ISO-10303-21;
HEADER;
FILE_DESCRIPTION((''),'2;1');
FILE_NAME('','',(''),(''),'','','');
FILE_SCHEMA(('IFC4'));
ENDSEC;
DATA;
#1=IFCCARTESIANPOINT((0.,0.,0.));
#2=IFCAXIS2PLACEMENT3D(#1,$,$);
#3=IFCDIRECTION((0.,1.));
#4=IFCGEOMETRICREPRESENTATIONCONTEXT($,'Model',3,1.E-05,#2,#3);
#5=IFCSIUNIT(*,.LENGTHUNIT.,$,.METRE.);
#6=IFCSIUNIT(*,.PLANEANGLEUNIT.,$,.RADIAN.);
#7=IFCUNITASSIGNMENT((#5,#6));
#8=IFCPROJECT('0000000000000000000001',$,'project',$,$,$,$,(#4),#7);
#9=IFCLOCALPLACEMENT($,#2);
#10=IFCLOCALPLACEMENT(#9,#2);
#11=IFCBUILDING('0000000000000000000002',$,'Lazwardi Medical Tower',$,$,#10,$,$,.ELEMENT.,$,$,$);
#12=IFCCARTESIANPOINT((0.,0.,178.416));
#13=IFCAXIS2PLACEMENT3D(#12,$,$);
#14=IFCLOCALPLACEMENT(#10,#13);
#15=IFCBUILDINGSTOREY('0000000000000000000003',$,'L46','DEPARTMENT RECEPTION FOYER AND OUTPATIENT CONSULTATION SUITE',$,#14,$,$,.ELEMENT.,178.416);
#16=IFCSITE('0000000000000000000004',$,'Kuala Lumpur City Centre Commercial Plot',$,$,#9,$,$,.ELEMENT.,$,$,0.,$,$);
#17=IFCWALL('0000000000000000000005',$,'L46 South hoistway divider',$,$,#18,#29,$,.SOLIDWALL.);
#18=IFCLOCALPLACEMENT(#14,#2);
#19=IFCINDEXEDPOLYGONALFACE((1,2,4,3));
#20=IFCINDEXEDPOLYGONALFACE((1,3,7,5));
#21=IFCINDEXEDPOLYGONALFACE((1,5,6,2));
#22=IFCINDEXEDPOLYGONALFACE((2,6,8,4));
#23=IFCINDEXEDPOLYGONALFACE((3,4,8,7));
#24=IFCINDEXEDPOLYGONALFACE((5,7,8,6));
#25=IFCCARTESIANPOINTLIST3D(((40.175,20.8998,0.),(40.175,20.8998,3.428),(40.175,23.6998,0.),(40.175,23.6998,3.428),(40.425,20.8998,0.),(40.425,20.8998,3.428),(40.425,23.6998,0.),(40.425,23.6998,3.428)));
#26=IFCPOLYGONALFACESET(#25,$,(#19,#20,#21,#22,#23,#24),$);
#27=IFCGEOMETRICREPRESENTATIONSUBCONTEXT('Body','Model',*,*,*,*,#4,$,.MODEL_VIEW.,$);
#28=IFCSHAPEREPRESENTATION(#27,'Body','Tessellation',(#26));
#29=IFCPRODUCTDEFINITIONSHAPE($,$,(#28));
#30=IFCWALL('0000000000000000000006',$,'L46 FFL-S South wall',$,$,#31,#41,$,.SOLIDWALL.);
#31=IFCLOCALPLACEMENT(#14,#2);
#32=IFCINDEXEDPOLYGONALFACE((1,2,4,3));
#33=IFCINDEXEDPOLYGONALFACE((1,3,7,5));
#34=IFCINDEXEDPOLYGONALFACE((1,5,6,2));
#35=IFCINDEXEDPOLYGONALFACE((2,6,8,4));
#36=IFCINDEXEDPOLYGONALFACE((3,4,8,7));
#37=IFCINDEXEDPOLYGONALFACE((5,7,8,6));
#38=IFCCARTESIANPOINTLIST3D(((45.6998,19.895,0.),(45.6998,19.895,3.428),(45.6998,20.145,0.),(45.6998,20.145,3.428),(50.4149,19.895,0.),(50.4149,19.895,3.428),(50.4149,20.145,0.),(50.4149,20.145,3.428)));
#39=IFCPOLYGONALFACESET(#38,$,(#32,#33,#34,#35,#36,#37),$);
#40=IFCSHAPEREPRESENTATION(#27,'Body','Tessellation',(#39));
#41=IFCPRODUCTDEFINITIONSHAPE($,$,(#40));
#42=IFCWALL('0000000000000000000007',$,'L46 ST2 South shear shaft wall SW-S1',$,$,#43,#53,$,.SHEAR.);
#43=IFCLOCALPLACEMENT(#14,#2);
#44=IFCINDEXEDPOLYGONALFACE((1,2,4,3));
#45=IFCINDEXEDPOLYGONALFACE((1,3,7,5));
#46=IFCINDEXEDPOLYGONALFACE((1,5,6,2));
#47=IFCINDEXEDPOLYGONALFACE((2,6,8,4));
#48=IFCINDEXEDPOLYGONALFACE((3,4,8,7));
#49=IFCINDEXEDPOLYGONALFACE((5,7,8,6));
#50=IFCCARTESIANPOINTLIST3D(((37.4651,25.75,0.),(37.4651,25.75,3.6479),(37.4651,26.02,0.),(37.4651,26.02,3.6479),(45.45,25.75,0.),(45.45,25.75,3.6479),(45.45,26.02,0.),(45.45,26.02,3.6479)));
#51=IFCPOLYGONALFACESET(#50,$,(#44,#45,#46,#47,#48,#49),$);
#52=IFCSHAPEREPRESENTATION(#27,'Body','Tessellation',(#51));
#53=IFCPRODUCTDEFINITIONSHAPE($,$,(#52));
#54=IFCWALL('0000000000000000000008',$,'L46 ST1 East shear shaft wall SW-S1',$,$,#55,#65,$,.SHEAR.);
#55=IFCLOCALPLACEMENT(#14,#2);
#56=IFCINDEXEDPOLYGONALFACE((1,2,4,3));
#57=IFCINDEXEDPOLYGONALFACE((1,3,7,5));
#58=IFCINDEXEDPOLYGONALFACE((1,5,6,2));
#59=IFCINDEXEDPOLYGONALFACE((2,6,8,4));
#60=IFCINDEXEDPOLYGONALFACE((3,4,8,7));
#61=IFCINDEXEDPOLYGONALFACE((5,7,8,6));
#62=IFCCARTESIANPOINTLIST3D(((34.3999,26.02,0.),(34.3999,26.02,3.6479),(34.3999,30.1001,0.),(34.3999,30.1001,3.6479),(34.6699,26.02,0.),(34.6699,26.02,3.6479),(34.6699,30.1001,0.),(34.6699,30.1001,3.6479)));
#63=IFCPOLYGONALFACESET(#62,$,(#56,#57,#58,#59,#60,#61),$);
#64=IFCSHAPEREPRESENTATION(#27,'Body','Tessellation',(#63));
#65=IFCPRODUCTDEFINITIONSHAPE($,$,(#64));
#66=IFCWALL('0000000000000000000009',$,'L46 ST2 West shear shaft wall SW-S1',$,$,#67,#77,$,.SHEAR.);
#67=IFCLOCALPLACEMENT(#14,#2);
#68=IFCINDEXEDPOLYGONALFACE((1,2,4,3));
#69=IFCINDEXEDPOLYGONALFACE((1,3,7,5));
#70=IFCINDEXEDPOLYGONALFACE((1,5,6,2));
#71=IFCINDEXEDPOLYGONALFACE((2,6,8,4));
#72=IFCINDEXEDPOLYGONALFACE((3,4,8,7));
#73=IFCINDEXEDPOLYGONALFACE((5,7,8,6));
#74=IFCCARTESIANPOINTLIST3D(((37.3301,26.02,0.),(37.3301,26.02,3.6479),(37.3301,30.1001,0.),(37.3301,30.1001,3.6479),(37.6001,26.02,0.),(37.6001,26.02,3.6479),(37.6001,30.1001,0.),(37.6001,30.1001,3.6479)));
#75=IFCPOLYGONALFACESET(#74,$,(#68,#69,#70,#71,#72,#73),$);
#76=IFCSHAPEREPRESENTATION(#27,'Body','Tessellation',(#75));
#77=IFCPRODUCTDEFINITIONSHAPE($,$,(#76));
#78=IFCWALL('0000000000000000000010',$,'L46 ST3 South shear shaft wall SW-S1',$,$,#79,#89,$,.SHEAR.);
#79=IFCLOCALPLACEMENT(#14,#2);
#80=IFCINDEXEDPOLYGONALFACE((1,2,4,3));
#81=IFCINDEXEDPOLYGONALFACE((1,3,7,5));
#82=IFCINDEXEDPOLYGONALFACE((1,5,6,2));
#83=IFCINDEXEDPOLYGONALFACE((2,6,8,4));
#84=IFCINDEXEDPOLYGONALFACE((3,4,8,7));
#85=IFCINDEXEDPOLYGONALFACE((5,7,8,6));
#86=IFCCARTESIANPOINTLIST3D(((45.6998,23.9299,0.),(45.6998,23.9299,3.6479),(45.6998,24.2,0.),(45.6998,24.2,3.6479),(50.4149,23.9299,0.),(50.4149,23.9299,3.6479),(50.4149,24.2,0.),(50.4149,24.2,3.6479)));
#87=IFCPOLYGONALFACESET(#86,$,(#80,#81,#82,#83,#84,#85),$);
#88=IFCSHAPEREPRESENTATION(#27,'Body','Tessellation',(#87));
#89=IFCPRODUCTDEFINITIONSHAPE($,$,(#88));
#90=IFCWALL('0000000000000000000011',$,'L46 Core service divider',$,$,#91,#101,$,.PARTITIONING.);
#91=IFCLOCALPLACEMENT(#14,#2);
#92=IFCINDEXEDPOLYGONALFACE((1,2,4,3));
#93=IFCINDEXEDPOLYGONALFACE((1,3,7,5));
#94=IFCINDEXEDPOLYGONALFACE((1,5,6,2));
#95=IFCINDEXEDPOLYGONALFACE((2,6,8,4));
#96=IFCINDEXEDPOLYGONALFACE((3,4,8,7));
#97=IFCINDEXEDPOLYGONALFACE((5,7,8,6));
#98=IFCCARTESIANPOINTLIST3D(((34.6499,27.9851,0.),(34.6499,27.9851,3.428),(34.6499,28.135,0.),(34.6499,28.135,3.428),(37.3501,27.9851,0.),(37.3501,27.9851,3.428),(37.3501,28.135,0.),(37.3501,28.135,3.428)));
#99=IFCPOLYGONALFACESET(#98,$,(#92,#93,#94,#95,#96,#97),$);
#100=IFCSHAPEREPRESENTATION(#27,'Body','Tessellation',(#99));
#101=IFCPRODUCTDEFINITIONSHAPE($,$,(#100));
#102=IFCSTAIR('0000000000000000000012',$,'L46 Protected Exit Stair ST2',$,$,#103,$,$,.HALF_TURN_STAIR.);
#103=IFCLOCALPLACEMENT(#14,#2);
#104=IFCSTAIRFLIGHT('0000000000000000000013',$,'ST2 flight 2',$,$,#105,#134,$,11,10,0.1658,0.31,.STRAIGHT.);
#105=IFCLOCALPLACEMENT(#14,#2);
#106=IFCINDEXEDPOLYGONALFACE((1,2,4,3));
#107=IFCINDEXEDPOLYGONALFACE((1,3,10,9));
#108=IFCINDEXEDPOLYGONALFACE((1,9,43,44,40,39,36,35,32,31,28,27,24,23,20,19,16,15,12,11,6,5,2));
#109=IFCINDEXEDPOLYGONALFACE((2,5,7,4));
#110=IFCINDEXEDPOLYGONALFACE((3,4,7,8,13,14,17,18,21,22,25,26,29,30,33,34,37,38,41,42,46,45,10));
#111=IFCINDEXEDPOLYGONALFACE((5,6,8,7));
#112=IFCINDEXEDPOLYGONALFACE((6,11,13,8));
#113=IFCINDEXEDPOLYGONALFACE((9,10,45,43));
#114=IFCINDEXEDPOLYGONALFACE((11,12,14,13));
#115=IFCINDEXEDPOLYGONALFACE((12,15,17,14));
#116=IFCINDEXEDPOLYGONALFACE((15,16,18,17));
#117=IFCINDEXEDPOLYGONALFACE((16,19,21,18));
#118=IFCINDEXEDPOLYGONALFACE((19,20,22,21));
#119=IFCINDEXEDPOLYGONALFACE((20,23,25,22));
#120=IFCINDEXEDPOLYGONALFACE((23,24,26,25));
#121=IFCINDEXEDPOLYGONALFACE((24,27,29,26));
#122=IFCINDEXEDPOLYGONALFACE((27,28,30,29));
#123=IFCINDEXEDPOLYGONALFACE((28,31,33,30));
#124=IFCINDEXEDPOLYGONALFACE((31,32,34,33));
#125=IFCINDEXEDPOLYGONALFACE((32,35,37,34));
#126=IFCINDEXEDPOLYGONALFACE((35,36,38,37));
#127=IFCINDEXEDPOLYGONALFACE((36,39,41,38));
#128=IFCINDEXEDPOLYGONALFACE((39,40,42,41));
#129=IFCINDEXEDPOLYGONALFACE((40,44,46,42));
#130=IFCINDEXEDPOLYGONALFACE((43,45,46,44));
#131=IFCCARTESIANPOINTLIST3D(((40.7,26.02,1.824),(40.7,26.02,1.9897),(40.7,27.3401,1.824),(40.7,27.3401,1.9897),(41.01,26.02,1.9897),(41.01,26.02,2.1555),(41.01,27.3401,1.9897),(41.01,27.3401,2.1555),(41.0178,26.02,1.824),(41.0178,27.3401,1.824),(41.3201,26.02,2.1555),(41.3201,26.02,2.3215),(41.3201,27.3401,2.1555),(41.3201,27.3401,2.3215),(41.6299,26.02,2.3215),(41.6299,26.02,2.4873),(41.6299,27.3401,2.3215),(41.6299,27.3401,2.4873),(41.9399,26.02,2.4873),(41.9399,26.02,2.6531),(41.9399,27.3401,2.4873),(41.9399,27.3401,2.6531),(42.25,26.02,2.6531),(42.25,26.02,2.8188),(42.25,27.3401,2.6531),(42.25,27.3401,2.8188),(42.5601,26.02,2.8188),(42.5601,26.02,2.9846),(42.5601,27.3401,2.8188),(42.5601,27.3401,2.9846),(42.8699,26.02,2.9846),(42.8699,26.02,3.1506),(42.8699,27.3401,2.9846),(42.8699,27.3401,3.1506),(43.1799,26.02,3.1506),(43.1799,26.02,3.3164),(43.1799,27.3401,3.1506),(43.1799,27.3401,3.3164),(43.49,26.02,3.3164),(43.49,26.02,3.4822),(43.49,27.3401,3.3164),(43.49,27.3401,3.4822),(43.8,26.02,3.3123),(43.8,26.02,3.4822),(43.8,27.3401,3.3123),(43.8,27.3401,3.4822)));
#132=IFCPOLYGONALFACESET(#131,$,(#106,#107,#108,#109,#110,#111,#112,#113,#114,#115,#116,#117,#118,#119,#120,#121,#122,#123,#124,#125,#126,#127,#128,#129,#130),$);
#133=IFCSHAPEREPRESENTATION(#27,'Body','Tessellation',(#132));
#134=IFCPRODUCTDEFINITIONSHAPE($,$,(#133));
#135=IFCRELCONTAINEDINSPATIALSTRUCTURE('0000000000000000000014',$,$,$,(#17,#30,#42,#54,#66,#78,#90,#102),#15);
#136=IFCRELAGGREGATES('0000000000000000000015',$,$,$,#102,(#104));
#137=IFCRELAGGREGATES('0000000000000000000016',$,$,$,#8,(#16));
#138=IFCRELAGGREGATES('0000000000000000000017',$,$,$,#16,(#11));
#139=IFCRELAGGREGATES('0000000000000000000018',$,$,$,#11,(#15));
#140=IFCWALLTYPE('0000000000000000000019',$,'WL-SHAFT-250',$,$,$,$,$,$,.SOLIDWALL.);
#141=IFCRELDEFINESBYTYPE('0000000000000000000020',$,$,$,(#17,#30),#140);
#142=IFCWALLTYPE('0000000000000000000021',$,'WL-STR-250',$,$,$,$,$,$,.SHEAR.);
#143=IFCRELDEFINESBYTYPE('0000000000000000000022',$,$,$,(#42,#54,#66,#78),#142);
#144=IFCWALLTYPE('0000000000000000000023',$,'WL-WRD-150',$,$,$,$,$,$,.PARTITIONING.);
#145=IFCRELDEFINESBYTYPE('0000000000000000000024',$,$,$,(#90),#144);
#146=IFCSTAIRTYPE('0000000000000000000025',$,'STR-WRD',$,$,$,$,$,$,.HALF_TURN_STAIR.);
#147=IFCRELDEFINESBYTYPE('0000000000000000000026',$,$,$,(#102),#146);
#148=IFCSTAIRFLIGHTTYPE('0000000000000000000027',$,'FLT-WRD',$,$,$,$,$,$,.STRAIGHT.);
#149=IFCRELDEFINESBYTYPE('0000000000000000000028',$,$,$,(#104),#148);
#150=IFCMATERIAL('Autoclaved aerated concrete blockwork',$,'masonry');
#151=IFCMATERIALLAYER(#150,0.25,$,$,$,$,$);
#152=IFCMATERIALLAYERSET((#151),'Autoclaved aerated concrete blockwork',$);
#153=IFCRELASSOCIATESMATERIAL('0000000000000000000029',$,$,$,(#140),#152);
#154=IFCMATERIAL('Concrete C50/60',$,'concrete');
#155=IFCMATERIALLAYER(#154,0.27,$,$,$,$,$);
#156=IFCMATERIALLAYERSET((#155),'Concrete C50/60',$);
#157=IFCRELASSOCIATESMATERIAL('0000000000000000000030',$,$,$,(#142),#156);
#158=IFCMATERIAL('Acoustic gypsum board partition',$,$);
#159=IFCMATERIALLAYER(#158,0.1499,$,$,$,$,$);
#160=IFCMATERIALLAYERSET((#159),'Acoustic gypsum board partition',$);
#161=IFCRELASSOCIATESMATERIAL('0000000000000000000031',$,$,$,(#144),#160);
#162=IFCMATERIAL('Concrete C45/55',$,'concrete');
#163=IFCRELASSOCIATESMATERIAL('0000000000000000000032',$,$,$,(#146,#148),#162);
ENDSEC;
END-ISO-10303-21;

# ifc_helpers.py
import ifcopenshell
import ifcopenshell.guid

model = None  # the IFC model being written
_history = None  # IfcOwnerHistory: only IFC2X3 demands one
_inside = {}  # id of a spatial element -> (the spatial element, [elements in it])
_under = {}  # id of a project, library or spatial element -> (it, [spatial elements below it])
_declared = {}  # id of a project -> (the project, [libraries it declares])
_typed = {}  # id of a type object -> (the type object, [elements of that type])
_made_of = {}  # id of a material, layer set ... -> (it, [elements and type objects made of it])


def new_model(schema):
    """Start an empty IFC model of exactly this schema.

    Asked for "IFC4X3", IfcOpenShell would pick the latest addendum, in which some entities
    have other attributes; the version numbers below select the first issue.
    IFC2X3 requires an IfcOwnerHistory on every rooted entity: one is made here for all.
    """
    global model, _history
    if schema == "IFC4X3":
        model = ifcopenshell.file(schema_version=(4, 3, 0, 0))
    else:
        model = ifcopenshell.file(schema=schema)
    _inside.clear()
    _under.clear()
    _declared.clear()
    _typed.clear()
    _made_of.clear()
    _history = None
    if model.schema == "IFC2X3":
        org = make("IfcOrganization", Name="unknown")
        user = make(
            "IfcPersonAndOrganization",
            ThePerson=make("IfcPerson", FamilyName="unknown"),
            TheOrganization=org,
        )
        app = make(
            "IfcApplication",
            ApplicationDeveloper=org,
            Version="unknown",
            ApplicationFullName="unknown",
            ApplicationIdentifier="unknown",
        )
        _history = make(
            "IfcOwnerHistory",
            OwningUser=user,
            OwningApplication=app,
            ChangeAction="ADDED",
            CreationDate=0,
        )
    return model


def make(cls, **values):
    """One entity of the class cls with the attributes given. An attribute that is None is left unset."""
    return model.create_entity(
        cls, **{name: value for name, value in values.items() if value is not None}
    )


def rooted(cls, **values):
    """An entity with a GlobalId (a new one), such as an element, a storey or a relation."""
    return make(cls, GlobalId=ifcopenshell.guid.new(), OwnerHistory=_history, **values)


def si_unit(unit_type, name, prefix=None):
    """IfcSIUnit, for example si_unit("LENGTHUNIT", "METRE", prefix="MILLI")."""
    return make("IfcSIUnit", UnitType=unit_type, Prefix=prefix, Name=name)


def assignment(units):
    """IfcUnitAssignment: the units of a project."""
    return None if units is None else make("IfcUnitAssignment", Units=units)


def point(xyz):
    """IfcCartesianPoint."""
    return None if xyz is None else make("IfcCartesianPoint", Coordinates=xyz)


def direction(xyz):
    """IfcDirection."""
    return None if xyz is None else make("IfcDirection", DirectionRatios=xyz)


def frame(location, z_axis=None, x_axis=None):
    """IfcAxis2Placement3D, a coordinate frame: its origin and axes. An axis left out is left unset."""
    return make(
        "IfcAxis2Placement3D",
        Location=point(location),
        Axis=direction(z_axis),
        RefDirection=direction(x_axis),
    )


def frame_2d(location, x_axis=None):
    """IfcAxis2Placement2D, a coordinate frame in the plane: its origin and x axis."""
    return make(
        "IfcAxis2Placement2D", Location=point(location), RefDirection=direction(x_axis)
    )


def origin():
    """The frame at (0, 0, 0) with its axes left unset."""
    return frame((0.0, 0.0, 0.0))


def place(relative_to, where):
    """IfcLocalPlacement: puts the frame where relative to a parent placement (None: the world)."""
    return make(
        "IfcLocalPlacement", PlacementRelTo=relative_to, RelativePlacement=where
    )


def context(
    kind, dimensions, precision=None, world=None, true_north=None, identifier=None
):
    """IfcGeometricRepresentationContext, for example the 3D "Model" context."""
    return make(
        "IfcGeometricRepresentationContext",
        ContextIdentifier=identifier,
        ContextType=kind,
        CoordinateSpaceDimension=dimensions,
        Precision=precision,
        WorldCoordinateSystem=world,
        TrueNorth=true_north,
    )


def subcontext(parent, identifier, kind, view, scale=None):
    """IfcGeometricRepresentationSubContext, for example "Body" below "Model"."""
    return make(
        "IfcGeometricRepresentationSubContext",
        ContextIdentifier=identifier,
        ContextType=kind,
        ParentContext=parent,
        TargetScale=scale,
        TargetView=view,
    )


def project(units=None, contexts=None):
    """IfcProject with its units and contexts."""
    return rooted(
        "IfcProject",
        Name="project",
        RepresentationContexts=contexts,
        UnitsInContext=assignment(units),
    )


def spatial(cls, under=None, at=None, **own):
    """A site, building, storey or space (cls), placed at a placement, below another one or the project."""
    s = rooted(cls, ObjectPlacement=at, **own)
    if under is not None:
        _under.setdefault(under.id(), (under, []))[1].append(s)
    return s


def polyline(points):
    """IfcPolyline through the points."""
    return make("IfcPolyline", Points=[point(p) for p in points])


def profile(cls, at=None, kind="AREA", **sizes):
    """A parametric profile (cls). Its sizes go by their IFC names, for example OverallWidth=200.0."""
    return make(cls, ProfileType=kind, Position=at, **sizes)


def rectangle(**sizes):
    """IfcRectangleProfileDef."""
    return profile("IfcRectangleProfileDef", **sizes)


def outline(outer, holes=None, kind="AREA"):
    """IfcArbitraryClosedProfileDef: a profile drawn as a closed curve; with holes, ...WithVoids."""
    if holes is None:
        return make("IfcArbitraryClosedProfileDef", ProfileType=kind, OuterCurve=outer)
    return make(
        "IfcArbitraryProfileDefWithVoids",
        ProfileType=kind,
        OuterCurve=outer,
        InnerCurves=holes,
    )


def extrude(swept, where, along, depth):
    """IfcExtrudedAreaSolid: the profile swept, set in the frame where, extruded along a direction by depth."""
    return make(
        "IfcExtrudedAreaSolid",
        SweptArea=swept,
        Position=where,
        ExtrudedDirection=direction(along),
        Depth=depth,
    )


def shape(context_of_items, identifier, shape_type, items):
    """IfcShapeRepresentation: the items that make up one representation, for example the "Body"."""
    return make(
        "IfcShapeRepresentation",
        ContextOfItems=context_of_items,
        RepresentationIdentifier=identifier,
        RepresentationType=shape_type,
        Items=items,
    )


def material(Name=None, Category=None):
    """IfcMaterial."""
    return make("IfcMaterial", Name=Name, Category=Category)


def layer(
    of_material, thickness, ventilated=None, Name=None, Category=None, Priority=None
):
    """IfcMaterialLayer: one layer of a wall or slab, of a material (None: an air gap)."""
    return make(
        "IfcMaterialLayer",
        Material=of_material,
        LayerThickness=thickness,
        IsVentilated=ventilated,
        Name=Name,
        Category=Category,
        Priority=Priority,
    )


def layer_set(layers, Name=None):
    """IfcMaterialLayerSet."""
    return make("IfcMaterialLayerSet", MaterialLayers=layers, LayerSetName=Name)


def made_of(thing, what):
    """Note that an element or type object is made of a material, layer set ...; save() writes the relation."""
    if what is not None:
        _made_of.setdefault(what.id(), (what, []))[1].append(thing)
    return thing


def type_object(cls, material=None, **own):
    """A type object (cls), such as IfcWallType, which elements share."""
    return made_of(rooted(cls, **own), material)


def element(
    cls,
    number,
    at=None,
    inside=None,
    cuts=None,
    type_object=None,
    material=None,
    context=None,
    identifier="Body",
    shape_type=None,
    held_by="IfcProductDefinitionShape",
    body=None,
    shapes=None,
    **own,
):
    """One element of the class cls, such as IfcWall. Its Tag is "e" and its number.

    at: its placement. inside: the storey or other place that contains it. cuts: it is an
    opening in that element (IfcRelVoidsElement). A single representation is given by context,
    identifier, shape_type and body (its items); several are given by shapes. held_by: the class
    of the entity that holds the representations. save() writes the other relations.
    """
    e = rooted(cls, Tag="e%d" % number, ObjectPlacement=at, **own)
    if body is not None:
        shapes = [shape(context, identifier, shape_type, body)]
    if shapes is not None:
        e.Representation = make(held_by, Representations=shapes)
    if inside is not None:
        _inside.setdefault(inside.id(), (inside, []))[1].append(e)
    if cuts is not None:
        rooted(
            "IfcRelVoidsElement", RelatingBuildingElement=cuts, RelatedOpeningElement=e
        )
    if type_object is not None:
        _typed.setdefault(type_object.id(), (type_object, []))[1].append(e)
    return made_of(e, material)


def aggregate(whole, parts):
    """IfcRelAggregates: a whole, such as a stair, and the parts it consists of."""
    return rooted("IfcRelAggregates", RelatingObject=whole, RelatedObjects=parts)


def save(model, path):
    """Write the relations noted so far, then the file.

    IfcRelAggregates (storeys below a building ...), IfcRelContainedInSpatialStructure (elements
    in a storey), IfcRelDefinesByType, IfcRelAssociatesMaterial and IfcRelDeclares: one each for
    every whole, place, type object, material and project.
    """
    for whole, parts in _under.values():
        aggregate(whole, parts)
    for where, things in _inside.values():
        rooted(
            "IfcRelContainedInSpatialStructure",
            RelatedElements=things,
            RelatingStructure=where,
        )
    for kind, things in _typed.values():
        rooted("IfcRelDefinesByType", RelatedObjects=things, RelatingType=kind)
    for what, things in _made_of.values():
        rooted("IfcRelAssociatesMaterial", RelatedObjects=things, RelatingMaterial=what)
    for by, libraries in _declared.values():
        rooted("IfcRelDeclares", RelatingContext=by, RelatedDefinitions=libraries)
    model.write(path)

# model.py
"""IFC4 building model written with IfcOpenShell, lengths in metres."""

from ifc_helpers import new_model, si_unit, direction, frame, frame_2d, origin, place, context, subcontext, project, spatial, polyline, rectangle, outline, extrude, material, layer, layer_set, type_object, element, aggregate, save


model = new_model("IFC4")

# Units and contexts
model_context = context("Model", 3, precision=1e-05, world=origin(), true_north=direction((0.0, 1.0)))
body_context = subcontext(model_context, "Body", "Model", "MODEL_VIEW")
ifc_project = project(units=[si_unit("LENGTHUNIT", "METRE"), si_unit("PLANEANGLEUNIT", "RADIAN")], contexts=[model_context])

# Site, building, storey
site_placement = place(None, origin())
site = spatial("IfcSite", under=ifc_project, at=site_placement, Name="Kuala Lumpur City Centre Commercial Plot", CompositionType="ELEMENT", RefElevation=0.0)
building_placement = place(site_placement, origin())
building = spatial("IfcBuilding", under=site, at=building_placement, Name="Lazwardi Medical Tower", CompositionType="ELEMENT")
storey_placement = place(building_placement, frame((0.0, 0.0, 178.416)))
storey = spatial("IfcBuildingStorey", under=building, at=storey_placement, Name="L46", Description="DEPARTMENT RECEPTION FOYER AND OUTPATIENT CONSULTATION SUITE", CompositionType="ELEMENT", Elevation=178.416)

# Walls
ifc_material_1 = material(Name="Autoclaved aerated concrete blockwork", Category="masonry")
ifc_layer_1 = layer(ifc_material_1, 0.25)
ifc_layer_set_1 = layer_set([ifc_layer_1], Name="Autoclaved aerated concrete blockwork")
wall_type_1 = type_object("IfcWallType", Name="WL-SHAFT-250", PredefinedType="SOLIDWALL", material=ifc_layer_set_1)
for number, where, z_axis, x_axis, name in (
    (1, (40.3, 20.8999, 0.0), (0.0, 0.0, 1.0), (0.0, 1.0, 0.0), "L46 South hoistway divider"),
):
    element("IfcWall", number, at=place(storey_placement, frame(where, z_axis=z_axis, x_axis=x_axis)), inside=storey, type_object=wall_type_1, Name=name, PredefinedType="SOLIDWALL", context=body_context, shape_type="SweptSolid", body=[
        extrude(rectangle(XDim=2.8, YDim=0.25, at=frame_2d((1.3999, 0.0))), origin(), (0.0, 0.0, 1.0), 3.428),
    ])
wall_1_placement = place(storey_placement, frame((45.7, 20.02, 0.0), z_axis=(0.0, 0.0, 1.0), x_axis=(1.0, 0.0, 0.0)))
element("IfcWall", 2, at=wall_1_placement, inside=storey, type_object=wall_type_1, Name="L46 FFL-S South wall", PredefinedType="SOLIDWALL", context=body_context, shape_type="SweptSolid", body=[
    extrude(rectangle(XDim=4.7151, YDim=0.25, at=frame_2d((2.3574, 0.0))), origin(), (0.0, 0.0, 1.0), 3.428),
])

# Shared definitions
ifc_material_2 = material(Name="Concrete C50/60", Category="concrete")
ifc_layer_2 = layer(ifc_material_2, 0.27)
ifc_layer_set_2 = layer_set([ifc_layer_2], Name="Concrete C50/60")
wall_type_2 = type_object("IfcWallType", Name="WL-STR-250", PredefinedType="SHEAR", material=ifc_layer_set_2)

# Walls
wall_2_placement = place(storey_placement, frame((37.4651, 25.885, 0.0), z_axis=(0.0, 0.0, 1.0), x_axis=(1.0, 0.0, 0.0)))
element("IfcWall", 3, at=wall_2_placement, inside=storey, type_object=wall_type_2, Name="L46 ST2 South shear shaft wall SW-S1", PredefinedType="SHEAR", context=body_context, shape_type="SweptSolid", body=[
    extrude(rectangle(XDim=7.9849, YDim=0.27, at=frame_2d((3.9924, 0.0))), origin(), (0.0, 0.0, 1.0), 3.6479),
])
for number, where, z_axis, x_axis, name in (
    (4, (34.5349, 26.02, 0.0), (0.0, 0.0, 1.0), (0.0, 1.0, 0.0), "L46 ST1 East shear shaft wall SW-S1"),
    (5, (37.4651, 26.02, 0.0), (0.0, 0.0, 1.0), (0.0, 1.0, 0.0), "L46 ST2 West shear shaft wall SW-S1"),
):
    element("IfcWall", number, at=place(storey_placement, frame(where, z_axis=z_axis, x_axis=x_axis)), inside=storey, type_object=wall_type_2, Name=name, PredefinedType="SHEAR", context=body_context, shape_type="SweptSolid", body=[
        extrude(rectangle(XDim=4.0801, YDim=0.27, at=frame_2d((2.04, 0.0))), origin(), (0.0, 0.0, 1.0), 3.6479),
    ])
wall_3_placement = place(storey_placement, frame((45.7, 24.0649, 0.0), z_axis=(0.0, 0.0, 1.0), x_axis=(1.0, 0.0, 0.0)))
element("IfcWall", 6, at=wall_3_placement, inside=storey, type_object=wall_type_2, Name="L46 ST3 South shear shaft wall SW-S1", PredefinedType="SHEAR", context=body_context, shape_type="SweptSolid", body=[
    extrude(rectangle(XDim=4.7151, YDim=0.27, at=frame_2d((2.3574, 0.0))), origin(), (0.0, 0.0, 1.0), 3.6479),
])
ifc_material_3 = material(Name="Acoustic gypsum board partition")
ifc_layer_3 = layer(ifc_material_3, 0.1499)
ifc_layer_set_3 = layer_set([ifc_layer_3], Name="Acoustic gypsum board partition")
wall_type_3 = type_object("IfcWallType", Name="WL-WRD-150", PredefinedType="PARTITIONING", material=ifc_layer_set_3)
wall_4_placement = place(storey_placement, frame((34.6499, 28.0601, 0.0), z_axis=(0.0, 0.0, 1.0), x_axis=(1.0, 0.0, 0.0)))
element("IfcWall", 7, at=wall_4_placement, inside=storey, type_object=wall_type_3, Name="L46 Core service divider", PredefinedType="PARTITIONING", context=body_context, shape_type="SweptSolid", body=[
    extrude(rectangle(XDim=2.7002, YDim=0.1499, at=frame_2d((1.3501, 0.0))), origin(), (0.0, 0.0, 1.0), 3.428),
])

# Stair, stair flight
ifc_material_4 = material(Name="Concrete C45/55", Category="concrete")
stair_type = type_object("IfcStairType", Name="STR-WRD", PredefinedType="HALF_TURN_STAIR", material=ifc_material_4)
stair_placement = place(storey_placement, origin())
stair = element("IfcStair", 8, at=stair_placement, inside=storey, type_object=stair_type, Name="L46 Protected Exit Stair ST2", PredefinedType="HALF_TURN_STAIR")
stair_flight_type = type_object("IfcStairFlightType", Name="FLT-WRD", PredefinedType="STRAIGHT", material=ifc_material_4)
stair_flight_placement = place(storey_placement, frame((40.7, 26.6799, 1.824), z_axis=(0.0, 0.0, 1.0), x_axis=(1.0, 0.0, 0.0)))
stair_flight = element("IfcStairFlight", 9, at=stair_flight_placement, type_object=stair_flight_type, Name="ST2 flight 2", NumberOfRisers=11, NumberOfTreads=10, PredefinedType="STRAIGHT", RiserHeight=0.1658, TreadLength=0.31, context=body_context, shape_type="SweptSolid", body=[
    extrude(outline(polyline([(0.0, 0.0), (0.0, 0.1658), (0.3101, 0.1658), (0.3101, 0.3315), (0.6201, 0.3315), (0.6201, 0.4976), (0.9299, 0.4976), (0.9299, 0.6633), (1.24, 0.6633), (1.24, 0.8291), (1.55, 0.8291), (1.55, 0.9949), (1.8601, 0.9949), (1.8601, 1.1606), (2.1699, 1.1606), (2.1699, 1.3267), (2.48, 1.3267), (2.48, 1.4924), (2.79, 1.4924), (2.79, 1.6582), (3.1001, 1.6582), (3.1001, 1.824), (3.1001, 1.4883), (0.3179, 0.0), (0.0, 0.0)])), frame((0.0, 0.6602, 0.0), z_axis=(0.0, -1.0, 0.0), x_axis=(1.0, 0.0, 0.0)), (0.0, 0.0, 1.0), 1.3201),
])
aggregate(stair, [stair_flight])

save(model, "model.ifc")
